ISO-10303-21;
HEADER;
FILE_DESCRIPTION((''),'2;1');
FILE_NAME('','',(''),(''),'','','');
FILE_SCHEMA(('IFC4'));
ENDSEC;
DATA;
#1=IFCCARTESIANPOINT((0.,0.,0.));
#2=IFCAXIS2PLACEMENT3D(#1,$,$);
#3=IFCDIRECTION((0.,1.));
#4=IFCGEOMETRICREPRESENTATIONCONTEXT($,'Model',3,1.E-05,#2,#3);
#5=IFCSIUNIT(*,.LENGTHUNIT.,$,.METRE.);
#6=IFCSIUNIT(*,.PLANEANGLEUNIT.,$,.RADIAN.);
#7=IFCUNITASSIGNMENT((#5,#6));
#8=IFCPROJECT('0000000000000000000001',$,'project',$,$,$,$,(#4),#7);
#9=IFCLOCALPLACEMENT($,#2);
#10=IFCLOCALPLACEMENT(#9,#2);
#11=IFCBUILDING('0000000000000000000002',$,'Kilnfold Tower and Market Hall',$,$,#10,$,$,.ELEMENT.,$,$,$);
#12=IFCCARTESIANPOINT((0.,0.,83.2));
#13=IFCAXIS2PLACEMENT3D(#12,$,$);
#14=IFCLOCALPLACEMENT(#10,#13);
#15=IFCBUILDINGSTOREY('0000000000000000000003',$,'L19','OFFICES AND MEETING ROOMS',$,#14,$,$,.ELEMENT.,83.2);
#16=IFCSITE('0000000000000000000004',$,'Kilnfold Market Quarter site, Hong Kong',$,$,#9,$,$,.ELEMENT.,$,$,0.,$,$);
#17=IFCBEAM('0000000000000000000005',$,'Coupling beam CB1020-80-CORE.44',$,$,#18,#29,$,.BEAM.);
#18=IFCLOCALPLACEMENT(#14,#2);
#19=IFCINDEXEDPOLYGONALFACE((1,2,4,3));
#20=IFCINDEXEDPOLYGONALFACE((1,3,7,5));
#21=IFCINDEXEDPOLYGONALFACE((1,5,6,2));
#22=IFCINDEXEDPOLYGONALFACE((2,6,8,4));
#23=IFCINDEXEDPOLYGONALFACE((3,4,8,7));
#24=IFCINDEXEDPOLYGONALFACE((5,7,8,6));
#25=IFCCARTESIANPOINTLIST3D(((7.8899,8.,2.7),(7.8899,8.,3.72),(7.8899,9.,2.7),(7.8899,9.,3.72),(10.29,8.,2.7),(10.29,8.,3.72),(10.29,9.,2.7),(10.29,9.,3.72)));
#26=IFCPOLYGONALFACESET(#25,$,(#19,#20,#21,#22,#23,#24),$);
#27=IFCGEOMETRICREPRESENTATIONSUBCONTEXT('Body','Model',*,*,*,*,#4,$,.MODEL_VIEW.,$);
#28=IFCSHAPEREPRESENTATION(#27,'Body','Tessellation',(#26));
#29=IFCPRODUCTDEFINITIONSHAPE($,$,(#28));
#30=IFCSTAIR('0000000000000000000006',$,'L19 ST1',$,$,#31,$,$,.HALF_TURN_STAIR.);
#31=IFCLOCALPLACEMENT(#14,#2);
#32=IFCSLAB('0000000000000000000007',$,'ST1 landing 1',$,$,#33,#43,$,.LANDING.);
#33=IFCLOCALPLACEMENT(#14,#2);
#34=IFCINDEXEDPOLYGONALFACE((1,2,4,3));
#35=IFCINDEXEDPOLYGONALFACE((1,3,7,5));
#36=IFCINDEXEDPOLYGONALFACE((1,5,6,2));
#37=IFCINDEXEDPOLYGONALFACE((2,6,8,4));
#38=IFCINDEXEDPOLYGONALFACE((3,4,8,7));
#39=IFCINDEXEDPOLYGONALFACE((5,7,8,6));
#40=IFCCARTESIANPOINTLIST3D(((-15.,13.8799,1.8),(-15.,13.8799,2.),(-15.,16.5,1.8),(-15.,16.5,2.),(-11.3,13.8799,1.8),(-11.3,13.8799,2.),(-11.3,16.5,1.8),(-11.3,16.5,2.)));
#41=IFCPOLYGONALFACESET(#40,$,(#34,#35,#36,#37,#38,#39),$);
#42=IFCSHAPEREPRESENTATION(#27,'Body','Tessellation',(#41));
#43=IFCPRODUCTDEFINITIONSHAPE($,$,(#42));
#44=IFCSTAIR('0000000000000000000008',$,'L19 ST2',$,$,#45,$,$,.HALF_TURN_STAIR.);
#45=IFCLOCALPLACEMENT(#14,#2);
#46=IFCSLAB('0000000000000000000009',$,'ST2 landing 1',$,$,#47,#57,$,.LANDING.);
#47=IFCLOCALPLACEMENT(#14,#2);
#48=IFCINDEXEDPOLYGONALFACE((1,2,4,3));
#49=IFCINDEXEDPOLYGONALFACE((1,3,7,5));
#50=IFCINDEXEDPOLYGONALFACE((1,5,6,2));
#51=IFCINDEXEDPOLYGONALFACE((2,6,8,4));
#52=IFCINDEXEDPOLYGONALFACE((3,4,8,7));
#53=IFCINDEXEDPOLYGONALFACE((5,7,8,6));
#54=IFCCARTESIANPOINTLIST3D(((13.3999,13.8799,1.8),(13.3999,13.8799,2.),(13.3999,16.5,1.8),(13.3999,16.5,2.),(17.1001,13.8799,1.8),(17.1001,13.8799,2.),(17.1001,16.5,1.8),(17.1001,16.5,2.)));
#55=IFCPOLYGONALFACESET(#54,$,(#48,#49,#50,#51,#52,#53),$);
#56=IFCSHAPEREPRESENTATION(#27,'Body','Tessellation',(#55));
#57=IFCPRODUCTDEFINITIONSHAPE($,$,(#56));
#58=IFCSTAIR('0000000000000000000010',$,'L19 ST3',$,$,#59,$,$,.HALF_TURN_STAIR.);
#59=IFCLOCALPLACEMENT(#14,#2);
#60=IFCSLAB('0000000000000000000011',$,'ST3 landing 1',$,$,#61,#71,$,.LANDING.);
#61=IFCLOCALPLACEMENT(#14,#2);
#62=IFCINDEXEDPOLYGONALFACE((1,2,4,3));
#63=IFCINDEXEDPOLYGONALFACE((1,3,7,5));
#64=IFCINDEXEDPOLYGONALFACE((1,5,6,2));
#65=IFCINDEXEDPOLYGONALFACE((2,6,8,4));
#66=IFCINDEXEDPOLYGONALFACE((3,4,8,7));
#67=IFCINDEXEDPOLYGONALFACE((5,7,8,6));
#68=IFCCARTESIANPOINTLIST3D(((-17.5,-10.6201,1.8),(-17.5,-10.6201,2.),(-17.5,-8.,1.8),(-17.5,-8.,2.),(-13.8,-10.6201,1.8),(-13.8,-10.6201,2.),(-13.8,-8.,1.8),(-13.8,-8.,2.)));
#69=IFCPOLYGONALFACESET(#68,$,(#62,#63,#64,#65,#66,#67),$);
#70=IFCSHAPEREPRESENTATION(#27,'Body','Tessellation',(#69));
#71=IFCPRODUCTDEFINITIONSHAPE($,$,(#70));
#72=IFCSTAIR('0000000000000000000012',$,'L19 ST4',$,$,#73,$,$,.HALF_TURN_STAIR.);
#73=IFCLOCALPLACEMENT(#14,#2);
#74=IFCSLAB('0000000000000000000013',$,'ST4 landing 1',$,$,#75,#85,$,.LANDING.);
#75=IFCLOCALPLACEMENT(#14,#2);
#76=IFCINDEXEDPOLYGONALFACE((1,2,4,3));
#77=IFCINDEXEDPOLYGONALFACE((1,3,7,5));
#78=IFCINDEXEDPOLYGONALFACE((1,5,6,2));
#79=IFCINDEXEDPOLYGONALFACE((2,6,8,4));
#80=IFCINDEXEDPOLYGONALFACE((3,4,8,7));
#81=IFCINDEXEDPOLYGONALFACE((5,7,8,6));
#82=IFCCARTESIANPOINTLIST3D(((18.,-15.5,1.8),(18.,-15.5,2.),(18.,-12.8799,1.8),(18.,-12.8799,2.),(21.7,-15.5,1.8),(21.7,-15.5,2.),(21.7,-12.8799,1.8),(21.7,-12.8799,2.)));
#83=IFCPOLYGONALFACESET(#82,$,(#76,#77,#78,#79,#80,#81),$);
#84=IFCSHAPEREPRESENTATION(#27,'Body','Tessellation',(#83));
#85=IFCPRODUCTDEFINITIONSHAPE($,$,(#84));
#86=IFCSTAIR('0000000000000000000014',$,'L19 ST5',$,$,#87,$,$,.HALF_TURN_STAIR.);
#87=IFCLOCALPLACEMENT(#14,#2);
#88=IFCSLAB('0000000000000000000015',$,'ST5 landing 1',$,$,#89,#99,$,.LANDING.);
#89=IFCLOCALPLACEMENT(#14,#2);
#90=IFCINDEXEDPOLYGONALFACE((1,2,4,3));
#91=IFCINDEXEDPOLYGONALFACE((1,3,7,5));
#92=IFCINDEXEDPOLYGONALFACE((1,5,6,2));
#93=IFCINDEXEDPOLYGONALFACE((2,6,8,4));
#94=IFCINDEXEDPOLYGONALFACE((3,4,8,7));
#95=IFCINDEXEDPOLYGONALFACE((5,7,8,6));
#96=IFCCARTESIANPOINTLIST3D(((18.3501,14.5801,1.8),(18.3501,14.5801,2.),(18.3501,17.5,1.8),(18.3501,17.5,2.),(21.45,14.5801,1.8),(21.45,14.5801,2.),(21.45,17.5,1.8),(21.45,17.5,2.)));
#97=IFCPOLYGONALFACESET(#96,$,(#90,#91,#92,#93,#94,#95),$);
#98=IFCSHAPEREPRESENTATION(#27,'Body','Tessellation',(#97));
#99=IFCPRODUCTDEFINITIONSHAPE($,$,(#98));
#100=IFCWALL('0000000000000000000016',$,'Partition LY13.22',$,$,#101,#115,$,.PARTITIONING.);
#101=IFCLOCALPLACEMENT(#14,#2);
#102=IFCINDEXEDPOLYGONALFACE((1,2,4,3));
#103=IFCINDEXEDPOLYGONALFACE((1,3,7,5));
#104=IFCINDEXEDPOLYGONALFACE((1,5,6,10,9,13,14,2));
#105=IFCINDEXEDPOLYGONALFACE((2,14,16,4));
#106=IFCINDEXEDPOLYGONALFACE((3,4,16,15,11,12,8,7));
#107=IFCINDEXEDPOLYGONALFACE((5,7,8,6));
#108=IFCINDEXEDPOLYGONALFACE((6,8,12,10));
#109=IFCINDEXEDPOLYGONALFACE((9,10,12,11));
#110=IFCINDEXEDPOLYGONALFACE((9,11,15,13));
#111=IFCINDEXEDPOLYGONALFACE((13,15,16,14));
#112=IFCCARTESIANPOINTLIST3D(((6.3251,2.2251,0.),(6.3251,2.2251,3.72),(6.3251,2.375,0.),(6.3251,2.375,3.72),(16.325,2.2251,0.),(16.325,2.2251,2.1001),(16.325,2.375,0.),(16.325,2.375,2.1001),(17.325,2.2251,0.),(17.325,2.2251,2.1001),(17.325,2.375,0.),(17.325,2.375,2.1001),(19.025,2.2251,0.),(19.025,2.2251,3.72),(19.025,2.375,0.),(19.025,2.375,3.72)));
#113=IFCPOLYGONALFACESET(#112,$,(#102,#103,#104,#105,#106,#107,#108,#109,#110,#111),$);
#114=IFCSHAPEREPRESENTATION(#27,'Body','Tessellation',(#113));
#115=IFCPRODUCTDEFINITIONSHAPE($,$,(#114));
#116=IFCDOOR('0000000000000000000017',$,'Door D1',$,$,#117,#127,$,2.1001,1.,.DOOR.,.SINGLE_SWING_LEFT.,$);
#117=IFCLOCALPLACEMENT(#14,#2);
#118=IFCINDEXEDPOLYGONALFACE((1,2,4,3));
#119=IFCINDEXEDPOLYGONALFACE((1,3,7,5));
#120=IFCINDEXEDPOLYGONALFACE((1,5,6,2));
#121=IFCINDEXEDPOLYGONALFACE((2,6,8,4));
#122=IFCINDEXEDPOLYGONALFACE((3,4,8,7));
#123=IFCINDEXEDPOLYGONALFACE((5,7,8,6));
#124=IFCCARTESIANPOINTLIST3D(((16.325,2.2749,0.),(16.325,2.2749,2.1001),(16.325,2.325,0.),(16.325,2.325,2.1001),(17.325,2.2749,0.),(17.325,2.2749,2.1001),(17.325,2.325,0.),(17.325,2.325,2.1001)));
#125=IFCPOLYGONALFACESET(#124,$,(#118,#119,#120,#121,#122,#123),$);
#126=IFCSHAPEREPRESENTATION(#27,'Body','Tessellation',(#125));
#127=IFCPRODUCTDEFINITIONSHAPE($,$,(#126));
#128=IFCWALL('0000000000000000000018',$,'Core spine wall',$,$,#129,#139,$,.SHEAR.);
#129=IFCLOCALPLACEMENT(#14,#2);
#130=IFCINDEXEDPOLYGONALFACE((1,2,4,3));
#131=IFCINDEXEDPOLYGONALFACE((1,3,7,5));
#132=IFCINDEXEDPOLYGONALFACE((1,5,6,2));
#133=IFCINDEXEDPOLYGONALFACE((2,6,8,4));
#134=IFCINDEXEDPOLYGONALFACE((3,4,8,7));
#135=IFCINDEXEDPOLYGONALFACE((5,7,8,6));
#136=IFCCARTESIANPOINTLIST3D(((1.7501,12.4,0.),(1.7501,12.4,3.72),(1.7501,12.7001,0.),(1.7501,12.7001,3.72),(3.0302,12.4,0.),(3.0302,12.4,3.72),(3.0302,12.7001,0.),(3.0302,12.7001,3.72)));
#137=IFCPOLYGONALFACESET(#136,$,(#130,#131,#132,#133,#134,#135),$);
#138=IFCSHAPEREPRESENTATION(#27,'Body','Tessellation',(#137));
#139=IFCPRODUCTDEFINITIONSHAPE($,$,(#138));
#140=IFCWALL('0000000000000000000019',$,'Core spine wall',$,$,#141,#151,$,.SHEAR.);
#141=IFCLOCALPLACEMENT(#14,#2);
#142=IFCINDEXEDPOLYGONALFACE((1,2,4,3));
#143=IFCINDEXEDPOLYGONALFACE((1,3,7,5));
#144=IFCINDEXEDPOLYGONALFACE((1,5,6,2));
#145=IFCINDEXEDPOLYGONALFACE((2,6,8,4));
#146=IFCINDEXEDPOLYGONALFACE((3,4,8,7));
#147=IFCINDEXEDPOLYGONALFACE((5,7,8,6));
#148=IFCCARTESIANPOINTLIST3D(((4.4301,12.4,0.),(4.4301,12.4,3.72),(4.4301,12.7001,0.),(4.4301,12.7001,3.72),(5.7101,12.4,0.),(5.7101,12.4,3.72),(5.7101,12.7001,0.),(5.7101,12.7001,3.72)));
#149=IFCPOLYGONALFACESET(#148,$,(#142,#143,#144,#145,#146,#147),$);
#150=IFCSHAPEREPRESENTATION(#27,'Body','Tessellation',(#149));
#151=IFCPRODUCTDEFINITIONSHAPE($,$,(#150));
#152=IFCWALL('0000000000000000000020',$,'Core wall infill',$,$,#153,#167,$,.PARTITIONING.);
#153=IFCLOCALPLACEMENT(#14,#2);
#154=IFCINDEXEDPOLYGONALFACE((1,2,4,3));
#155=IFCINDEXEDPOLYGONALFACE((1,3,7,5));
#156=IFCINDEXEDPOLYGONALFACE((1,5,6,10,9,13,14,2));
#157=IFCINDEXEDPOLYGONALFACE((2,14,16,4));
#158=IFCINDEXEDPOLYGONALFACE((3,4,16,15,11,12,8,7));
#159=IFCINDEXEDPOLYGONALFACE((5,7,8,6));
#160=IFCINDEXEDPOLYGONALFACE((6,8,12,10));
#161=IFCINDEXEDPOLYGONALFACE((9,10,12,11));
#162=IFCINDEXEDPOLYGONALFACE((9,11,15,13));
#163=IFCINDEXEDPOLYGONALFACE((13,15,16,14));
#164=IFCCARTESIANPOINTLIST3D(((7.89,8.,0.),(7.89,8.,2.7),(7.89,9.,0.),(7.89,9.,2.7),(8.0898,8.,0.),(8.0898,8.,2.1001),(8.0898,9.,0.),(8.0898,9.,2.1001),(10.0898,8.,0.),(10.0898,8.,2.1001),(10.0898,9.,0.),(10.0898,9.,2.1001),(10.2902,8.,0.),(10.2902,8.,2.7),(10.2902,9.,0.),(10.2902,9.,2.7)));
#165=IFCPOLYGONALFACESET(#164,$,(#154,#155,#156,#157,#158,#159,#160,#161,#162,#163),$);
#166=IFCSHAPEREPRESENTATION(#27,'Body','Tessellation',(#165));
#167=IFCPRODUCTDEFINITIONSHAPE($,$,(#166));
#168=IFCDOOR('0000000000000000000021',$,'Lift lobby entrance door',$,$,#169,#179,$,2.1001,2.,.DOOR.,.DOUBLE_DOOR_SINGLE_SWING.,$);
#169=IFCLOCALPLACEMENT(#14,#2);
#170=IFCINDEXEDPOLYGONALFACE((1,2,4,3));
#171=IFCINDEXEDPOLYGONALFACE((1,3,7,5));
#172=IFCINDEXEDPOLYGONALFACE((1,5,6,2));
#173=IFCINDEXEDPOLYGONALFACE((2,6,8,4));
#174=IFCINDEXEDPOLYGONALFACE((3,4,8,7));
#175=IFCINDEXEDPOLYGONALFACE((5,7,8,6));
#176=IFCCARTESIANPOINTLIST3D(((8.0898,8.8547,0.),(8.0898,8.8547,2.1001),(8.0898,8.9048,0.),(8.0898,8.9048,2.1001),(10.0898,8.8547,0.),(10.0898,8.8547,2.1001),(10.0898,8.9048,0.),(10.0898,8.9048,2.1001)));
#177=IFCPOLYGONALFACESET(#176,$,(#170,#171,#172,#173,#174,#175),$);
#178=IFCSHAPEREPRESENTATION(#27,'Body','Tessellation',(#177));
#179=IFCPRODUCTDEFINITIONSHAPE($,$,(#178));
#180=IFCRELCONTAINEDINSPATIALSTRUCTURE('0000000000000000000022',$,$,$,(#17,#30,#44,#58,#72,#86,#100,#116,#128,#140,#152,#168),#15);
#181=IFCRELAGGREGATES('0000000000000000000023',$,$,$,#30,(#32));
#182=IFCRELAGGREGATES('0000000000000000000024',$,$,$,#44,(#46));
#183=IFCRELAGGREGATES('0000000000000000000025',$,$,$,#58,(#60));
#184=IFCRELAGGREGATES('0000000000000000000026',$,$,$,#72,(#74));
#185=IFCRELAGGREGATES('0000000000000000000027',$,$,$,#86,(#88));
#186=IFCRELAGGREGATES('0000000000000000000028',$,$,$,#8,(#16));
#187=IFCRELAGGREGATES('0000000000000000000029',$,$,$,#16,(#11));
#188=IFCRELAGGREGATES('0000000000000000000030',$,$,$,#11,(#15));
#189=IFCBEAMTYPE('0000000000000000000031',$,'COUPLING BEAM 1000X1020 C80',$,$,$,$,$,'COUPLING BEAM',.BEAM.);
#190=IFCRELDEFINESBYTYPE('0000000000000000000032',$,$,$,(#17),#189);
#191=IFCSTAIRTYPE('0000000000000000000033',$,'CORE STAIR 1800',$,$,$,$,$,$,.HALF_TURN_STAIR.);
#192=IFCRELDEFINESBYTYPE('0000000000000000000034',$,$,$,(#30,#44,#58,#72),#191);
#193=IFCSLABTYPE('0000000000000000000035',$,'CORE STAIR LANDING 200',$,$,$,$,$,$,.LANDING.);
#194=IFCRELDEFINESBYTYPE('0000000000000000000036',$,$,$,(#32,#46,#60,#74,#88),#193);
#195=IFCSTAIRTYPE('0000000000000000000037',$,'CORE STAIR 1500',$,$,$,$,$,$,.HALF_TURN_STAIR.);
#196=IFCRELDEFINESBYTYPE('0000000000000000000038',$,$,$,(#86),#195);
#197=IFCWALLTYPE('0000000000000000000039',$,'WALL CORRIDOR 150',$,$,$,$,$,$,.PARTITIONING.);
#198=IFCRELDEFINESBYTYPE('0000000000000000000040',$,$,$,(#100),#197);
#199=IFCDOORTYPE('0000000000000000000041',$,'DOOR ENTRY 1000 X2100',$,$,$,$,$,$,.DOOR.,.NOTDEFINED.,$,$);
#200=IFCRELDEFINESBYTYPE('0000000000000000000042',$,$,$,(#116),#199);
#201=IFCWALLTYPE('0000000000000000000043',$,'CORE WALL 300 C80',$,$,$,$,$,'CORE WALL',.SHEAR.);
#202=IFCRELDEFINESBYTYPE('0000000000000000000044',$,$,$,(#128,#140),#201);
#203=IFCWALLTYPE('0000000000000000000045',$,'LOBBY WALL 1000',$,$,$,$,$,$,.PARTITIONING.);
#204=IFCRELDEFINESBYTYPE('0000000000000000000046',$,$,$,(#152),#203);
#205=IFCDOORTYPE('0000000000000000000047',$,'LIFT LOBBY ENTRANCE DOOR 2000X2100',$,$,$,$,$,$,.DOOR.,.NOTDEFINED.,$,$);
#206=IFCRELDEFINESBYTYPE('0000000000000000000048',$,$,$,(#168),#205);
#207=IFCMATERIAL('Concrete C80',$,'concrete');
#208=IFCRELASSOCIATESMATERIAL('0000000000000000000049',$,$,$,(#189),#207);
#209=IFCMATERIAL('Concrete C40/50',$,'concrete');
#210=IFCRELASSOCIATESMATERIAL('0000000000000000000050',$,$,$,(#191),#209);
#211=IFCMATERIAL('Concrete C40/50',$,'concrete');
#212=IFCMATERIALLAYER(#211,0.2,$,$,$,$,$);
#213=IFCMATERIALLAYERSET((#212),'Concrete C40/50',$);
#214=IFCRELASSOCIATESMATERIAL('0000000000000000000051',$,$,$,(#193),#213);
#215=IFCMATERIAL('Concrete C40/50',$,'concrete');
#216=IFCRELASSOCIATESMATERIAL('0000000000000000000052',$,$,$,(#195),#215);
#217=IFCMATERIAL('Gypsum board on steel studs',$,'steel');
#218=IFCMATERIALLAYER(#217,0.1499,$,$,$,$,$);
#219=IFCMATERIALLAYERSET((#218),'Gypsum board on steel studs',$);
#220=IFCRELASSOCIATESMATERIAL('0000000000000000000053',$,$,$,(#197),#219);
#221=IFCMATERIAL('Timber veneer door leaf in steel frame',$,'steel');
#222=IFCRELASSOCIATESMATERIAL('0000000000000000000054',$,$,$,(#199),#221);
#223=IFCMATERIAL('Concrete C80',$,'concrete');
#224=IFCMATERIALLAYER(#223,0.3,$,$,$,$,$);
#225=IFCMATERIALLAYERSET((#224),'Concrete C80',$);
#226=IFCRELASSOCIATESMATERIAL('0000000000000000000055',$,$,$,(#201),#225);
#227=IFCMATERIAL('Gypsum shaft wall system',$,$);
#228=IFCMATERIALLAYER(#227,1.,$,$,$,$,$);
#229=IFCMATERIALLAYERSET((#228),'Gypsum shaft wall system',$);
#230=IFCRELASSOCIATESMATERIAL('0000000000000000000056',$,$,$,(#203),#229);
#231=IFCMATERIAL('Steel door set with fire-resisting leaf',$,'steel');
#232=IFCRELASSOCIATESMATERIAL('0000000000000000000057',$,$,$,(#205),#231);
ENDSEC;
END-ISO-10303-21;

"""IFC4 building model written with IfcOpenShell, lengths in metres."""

from ifc_helpers import new_model, si_unit, direction, frame, frame_2d, origin, origin_2d, place, context, subcontext, project, spatial, polyline, rectangle, outline, extrude, source, transform, mapped, material, layer, layer_set, material_profile, profile_set, type_object, element, fill, aggregate, save


model = new_model("IFC4")

# Units and contexts
model_context = context("Model", 3, precision=1e-05, world=origin(), true_north=direction((0.0, 1.0)))
body_context = subcontext(model_context, "Body", "Model", "MODEL_VIEW")
ifc_project = project(units=[si_unit("LENGTHUNIT", "METRE"), si_unit("PLANEANGLEUNIT", "RADIAN")], contexts=[model_context])

# Site, building, storey
site_placement = place(None, origin())
site = spatial("IfcSite", under=ifc_project, at=site_placement, Name="Kilnfold Market Quarter site, Hong Kong", CompositionType="ELEMENT", RefElevation=0.0)
building_placement = place(site_placement, origin())
building = spatial("IfcBuilding", under=site, at=building_placement, Name="Kilnfold Tower and Market Hall", CompositionType="ELEMENT")
storey_placement = place(building_placement, frame((0.0, 0.0, 83.2)))
storey = spatial("IfcBuildingStorey", under=building, at=storey_placement, Name="L19", Description="OFFICES AND MEETING ROOMS", CompositionType="ELEMENT", Elevation=83.2)

# Beam
ifc_material_1 = material(Name="Concrete C80", Category="concrete")
ifc_material_profile = material_profile(ifc_material_1, rectangle(XDim=1.0, YDim=1.02, at=origin_2d()), Name="RC 1000x1020")
ifc_profile_set = profile_set([ifc_material_profile], Name="Concrete C80")
beam_type = type_object("IfcBeamType", Name="COUPLING BEAM 1000X1020 C80", ElementType="COUPLING BEAM", PredefinedType="BEAM", material=ifc_profile_set)
shared_shape_1 = source(origin(), body_context, "Body", "SweptSolid", [
    extrude(rectangle(XDim=1.0, YDim=1.02, at=origin_2d()), origin(), (0.0, 0.0, 1.0), 2.4001),
])
beam_placement = place(storey_placement, frame((7.8899, 8.5, 3.21), z_axis=(1.0, 0.0, 0.0), x_axis=(0.0, 1.0, 0.0)))
element("IfcBeam", 1, at=beam_placement, inside=storey, type_object=beam_type, Name="Coupling beam CB1020-80-CORE.44", PredefinedType="BEAM", context=body_context, shape_type="MappedRepresentation", body=[
    mapped(shared_shape_1, transform((0.0, 0.0, 0.0))),
])

# Stairs, slabs
ifc_material_2 = material(Name="Concrete C40/50", Category="concrete")
stair_type_1 = type_object("IfcStairType", Name="CORE STAIR 1800", PredefinedType="HALF_TURN_STAIR", material=ifc_material_2)
stair_1_placement = place(storey_placement, origin())
stair_1 = element("IfcStair", 2, at=stair_1_placement, inside=storey, type_object=stair_type_1, Name="L19 ST1", PredefinedType="HALF_TURN_STAIR")
ifc_material_3 = material(Name="Concrete C40/50", Category="concrete")
ifc_layer_1 = layer(ifc_material_3, 0.2)
ifc_layer_set_1 = layer_set([ifc_layer_1], Name="Concrete C40/50")
slab_type = type_object("IfcSlabType", Name="CORE STAIR LANDING 200", PredefinedType="LANDING", material=ifc_layer_set_1)
shared_shape_2 = source(origin(), body_context, "Body", "SweptSolid", [
    extrude(outline(polyline([(-11.3, 13.8799), (-11.3, 16.5), (-15.0, 16.5), (-15.0, 13.8799), (-11.3, 13.8799)])), origin(), (0.0, 0.0, 1.0), 0.2),
])
slab_1_placement = place(storey_placement, frame((0.0, 0.0, 1.8)))
slab_1 = element("IfcSlab", 3, at=slab_1_placement, type_object=slab_type, Name="ST1 landing 1", PredefinedType="LANDING", context=body_context, shape_type="MappedRepresentation", body=[
    mapped(shared_shape_2, transform((0.0, 0.0, 0.0))),
])
aggregate(stair_1, [slab_1])
stair_2_placement = place(storey_placement, origin())
stair_2 = element("IfcStair", 4, at=stair_2_placement, inside=storey, type_object=stair_type_1, Name="L19 ST2", PredefinedType="HALF_TURN_STAIR")
shared_shape_3 = source(origin(), body_context, "Body", "SweptSolid", [
    extrude(outline(polyline([(17.1001, 13.8799), (17.1001, 16.5), (13.3999, 16.5), (13.3999, 13.8799), (17.1001, 13.8799)])), origin(), (0.0, 0.0, 1.0), 0.2),
])
slab_2_placement = place(storey_placement, frame((0.0, 0.0, 1.8)))
slab_2 = element("IfcSlab", 5, at=slab_2_placement, type_object=slab_type, Name="ST2 landing 1", PredefinedType="LANDING", context=body_context, shape_type="MappedRepresentation", body=[
    mapped(shared_shape_3, transform((0.0, 0.0, 0.0))),
])
aggregate(stair_2, [slab_2])
stair_3_placement = place(storey_placement, origin())
stair_3 = element("IfcStair", 6, at=stair_3_placement, inside=storey, type_object=stair_type_1, Name="L19 ST3", PredefinedType="HALF_TURN_STAIR")
shared_shape_4 = source(origin(), body_context, "Body", "SweptSolid", [
    extrude(outline(polyline([(-13.8, -10.6201), (-13.8, -8.0), (-17.5, -8.0), (-17.5, -10.6201), (-13.8, -10.6201)])), origin(), (0.0, 0.0, 1.0), 0.2),
])
slab_3_placement = place(storey_placement, frame((0.0, 0.0, 1.8)))
slab_3 = element("IfcSlab", 7, at=slab_3_placement, type_object=slab_type, Name="ST3 landing 1", PredefinedType="LANDING", context=body_context, shape_type="MappedRepresentation", body=[
    mapped(shared_shape_4, transform((0.0, 0.0, 0.0))),
])
aggregate(stair_3, [slab_3])
stair_4_placement = place(storey_placement, origin())
stair_4 = element("IfcStair", 8, at=stair_4_placement, inside=storey, type_object=stair_type_1, Name="L19 ST4", PredefinedType="HALF_TURN_STAIR")
shared_shape_5 = source(origin(), body_context, "Body", "SweptSolid", [
    extrude(outline(polyline([(18.0, -12.8799), (18.0, -15.5), (21.7, -15.5), (21.7, -12.8799), (18.0, -12.8799)])), origin(), (0.0, 0.0, 1.0), 0.2),
])
slab_4_placement = place(storey_placement, frame((0.0, 0.0, 1.8)))
slab_4 = element("IfcSlab", 9, at=slab_4_placement, type_object=slab_type, Name="ST4 landing 1", PredefinedType="LANDING", context=body_context, shape_type="MappedRepresentation", body=[
    mapped(shared_shape_5, transform((0.0, 0.0, 0.0))),
])
aggregate(stair_4, [slab_4])
ifc_material_4 = material(Name="Concrete C40/50", Category="concrete")
stair_type_2 = type_object("IfcStairType", Name="CORE STAIR 1500", PredefinedType="HALF_TURN_STAIR", material=ifc_material_4)
stair_5_placement = place(storey_placement, origin())
stair_5 = element("IfcStair", 10, at=stair_5_placement, inside=storey, type_object=stair_type_2, Name="L19 ST5", PredefinedType="HALF_TURN_STAIR")
shared_shape_6 = source(origin(), body_context, "Body", "SweptSolid", [
    extrude(outline(polyline([(21.45, 14.5801), (21.45, 17.5), (18.3501, 17.5), (18.3501, 14.5801), (21.45, 14.5801)])), origin(), (0.0, 0.0, 1.0), 0.2),
])
slab_5_placement = place(storey_placement, frame((0.0, 0.0, 1.8)))
slab_5 = element("IfcSlab", 11, at=slab_5_placement, type_object=slab_type, Name="ST5 landing 1", PredefinedType="LANDING", context=body_context, shape_type="MappedRepresentation", body=[
    mapped(shared_shape_6, transform((0.0, 0.0, 0.0))),
])
aggregate(stair_5, [slab_5])

# Wall, opening, door
ifc_material_5 = material(Name="Gypsum board on steel studs", Category="steel")
ifc_layer_2 = layer(ifc_material_5, 0.1499)
ifc_layer_set_2 = layer_set([ifc_layer_2], Name="Gypsum board on steel studs")
wall_type_1 = type_object("IfcWallType", Name="WALL CORRIDOR 150", PredefinedType="PARTITIONING", material=ifc_layer_set_2)
wall_1_placement = place(storey_placement, frame((6.325, 2.3, 0.0), z_axis=(0.0, 0.0, 1.0), x_axis=(1.0, 0.0, 0.0)))
wall_1 = element("IfcWall", 12, at=wall_1_placement, inside=storey, type_object=wall_type_1, Name="Partition LY13.22", PredefinedType="PARTITIONING", context=body_context, shape_type="SweptSolid", body=[
    extrude(rectangle(XDim=12.7, YDim=0.1499, at=frame_2d((6.3501, 0.0))), origin(), (0.0, 0.0, 1.0), 3.72),
])
opening_1_placement = place(wall_1_placement, frame((10.0, 0.0, 0.0)))
opening_1 = element("IfcOpeningElement", 13, at=opening_1_placement, cuts=wall_1, PredefinedType="OPENING", context=body_context, shape_type="SweptSolid", body=[
    extrude(rectangle(XDim=1.0, YDim=2.1001, at=frame_2d((0.5, 1.05))), frame((0.0, 0.085, 0.0), z_axis=(0.0, -1.0, 0.0), x_axis=(1.0, 0.0, 0.0)), (0.0, 0.0, 1.0), 0.1699),
])
ifc_material_6 = material(Name="Timber veneer door leaf in steel frame", Category="steel")
door_type_1 = type_object("IfcDoorType", Name="DOOR ENTRY 1000 X2100", OperationType="NOTDEFINED", PredefinedType="DOOR", material=ifc_material_6)
door_1_placement = place(opening_1_placement, origin())
door_1 = element("IfcDoor", 14, at=door_1_placement, inside=storey, type_object=door_type_1, Name="Door D1", OperationType="SINGLE_SWING_LEFT", OverallHeight=2.1001, OverallWidth=1.0, PredefinedType="DOOR", context=body_context, shape_type="SweptSolid", body=[
    extrude(rectangle(XDim=1.0, YDim=2.1001, at=frame_2d((0.5, 1.05))), frame((0.0, 0.0249, 0.0), z_axis=(0.0, -1.0, 0.0), x_axis=(1.0, 0.0, 0.0)), (0.0, 0.0, 1.0), 0.05),
])
fill(opening_1, door_1)

# Walls
ifc_material_7 = material(Name="Concrete C80", Category="concrete")
ifc_layer_3 = layer(ifc_material_7, 0.3)
ifc_layer_set_3 = layer_set([ifc_layer_3], Name="Concrete C80")
wall_type_2 = type_object("IfcWallType", Name="CORE WALL 300 C80", ElementType="CORE WALL", PredefinedType="SHEAR", material=ifc_layer_set_3)
shared_shape_7 = source(origin(), body_context, "Body", "SweptSolid", [
    extrude(rectangle(XDim=1.28, YDim=0.3, at=frame_2d((0.6401, 0.0))), origin(), (0.0, 0.0, 1.0), 3.72),
])
for number, where, z_axis, x_axis, name in (
    (15, (1.75, 12.55, 0.0), (0.0, 0.0, 1.0), (1.0, 0.0, 0.0), "Core spine wall"),
    (16, (4.4299, 12.55, 0.0), (0.0, 0.0, 1.0), (1.0, 0.0, 0.0), "Core spine wall"),
):
    element("IfcWall", number, at=place(storey_placement, frame(where, z_axis=z_axis, x_axis=x_axis)), inside=storey, type_object=wall_type_2, Name=name, PredefinedType="SHEAR", context=body_context, shape_type="MappedRepresentation", body=[
        mapped(shared_shape_7, transform((0.0, 0.0, 0.0))),
    ])

# Wall, opening, door
ifc_material_8 = material(Name="Gypsum shaft wall system")
ifc_layer_4 = layer(ifc_material_8, 1.0)
ifc_layer_set_4 = layer_set([ifc_layer_4], Name="Gypsum shaft wall system")
wall_type_3 = type_object("IfcWallType", Name="LOBBY WALL 1000", PredefinedType="PARTITIONING", material=ifc_layer_set_4)
shared_shape_8 = source(origin(), body_context, "Body", "SweptSolid", [
    extrude(rectangle(XDim=2.4001, YDim=1.0, at=frame_2d((1.2002, 0.0))), origin(), (0.0, 0.0, 1.0), 2.7),
])
wall_2_placement = place(storey_placement, frame((7.8899, 8.5, 0.0), z_axis=(0.0, 0.0, 1.0), x_axis=(1.0, 0.0, 0.0)))
wall_2 = element("IfcWall", 17, at=wall_2_placement, inside=storey, type_object=wall_type_3, Name="Core wall infill", PredefinedType="PARTITIONING", context=body_context, shape_type="MappedRepresentation", body=[
    mapped(shared_shape_8, transform((0.0, 0.0, 0.0))),
])
opening_2_placement = place(wall_2_placement, frame((0.2, 0.0, 0.0)))
opening_2 = element("IfcOpeningElement", 18, at=opening_2_placement, cuts=wall_2, PredefinedType="OPENING", context=body_context, shape_type="SweptSolid", body=[
    extrude(rectangle(XDim=2.0, YDim=2.1001, at=frame_2d((1.0, 1.05))), frame((0.0, 0.51, 0.0), z_axis=(0.0, -1.0, 0.0), x_axis=(1.0, 0.0, 0.0)), (0.0, 0.0, 1.0), 1.02),
])
ifc_material_9 = material(Name="Steel door set with fire-resisting leaf", Category="steel")
door_type_2 = type_object("IfcDoorType", Name="LIFT LOBBY ENTRANCE DOOR 2000X2100", OperationType="NOTDEFINED", PredefinedType="DOOR", material=ifc_material_9)
door_2_placement = place(opening_2_placement, origin())
door_2 = element("IfcDoor", 19, at=door_2_placement, inside=storey, type_object=door_type_2, Name="Lift lobby entrance door", OperationType="DOUBLE_DOOR_SINGLE_SWING", OverallHeight=2.1001, OverallWidth=2.0, PredefinedType="DOOR", context=body_context, shape_type="SweptSolid", body=[
    extrude(rectangle(XDim=2.0, YDim=2.1001, at=frame_2d((1.0, 1.05))), frame((0.0, 0.4048, 0.0), z_axis=(0.0, -1.0, 0.0), x_axis=(1.0, 0.0, 0.0)), (0.0, 0.0, 1.0), 0.05),
])
fill(opening_2, door_2)

save(model, "model.ifc")
